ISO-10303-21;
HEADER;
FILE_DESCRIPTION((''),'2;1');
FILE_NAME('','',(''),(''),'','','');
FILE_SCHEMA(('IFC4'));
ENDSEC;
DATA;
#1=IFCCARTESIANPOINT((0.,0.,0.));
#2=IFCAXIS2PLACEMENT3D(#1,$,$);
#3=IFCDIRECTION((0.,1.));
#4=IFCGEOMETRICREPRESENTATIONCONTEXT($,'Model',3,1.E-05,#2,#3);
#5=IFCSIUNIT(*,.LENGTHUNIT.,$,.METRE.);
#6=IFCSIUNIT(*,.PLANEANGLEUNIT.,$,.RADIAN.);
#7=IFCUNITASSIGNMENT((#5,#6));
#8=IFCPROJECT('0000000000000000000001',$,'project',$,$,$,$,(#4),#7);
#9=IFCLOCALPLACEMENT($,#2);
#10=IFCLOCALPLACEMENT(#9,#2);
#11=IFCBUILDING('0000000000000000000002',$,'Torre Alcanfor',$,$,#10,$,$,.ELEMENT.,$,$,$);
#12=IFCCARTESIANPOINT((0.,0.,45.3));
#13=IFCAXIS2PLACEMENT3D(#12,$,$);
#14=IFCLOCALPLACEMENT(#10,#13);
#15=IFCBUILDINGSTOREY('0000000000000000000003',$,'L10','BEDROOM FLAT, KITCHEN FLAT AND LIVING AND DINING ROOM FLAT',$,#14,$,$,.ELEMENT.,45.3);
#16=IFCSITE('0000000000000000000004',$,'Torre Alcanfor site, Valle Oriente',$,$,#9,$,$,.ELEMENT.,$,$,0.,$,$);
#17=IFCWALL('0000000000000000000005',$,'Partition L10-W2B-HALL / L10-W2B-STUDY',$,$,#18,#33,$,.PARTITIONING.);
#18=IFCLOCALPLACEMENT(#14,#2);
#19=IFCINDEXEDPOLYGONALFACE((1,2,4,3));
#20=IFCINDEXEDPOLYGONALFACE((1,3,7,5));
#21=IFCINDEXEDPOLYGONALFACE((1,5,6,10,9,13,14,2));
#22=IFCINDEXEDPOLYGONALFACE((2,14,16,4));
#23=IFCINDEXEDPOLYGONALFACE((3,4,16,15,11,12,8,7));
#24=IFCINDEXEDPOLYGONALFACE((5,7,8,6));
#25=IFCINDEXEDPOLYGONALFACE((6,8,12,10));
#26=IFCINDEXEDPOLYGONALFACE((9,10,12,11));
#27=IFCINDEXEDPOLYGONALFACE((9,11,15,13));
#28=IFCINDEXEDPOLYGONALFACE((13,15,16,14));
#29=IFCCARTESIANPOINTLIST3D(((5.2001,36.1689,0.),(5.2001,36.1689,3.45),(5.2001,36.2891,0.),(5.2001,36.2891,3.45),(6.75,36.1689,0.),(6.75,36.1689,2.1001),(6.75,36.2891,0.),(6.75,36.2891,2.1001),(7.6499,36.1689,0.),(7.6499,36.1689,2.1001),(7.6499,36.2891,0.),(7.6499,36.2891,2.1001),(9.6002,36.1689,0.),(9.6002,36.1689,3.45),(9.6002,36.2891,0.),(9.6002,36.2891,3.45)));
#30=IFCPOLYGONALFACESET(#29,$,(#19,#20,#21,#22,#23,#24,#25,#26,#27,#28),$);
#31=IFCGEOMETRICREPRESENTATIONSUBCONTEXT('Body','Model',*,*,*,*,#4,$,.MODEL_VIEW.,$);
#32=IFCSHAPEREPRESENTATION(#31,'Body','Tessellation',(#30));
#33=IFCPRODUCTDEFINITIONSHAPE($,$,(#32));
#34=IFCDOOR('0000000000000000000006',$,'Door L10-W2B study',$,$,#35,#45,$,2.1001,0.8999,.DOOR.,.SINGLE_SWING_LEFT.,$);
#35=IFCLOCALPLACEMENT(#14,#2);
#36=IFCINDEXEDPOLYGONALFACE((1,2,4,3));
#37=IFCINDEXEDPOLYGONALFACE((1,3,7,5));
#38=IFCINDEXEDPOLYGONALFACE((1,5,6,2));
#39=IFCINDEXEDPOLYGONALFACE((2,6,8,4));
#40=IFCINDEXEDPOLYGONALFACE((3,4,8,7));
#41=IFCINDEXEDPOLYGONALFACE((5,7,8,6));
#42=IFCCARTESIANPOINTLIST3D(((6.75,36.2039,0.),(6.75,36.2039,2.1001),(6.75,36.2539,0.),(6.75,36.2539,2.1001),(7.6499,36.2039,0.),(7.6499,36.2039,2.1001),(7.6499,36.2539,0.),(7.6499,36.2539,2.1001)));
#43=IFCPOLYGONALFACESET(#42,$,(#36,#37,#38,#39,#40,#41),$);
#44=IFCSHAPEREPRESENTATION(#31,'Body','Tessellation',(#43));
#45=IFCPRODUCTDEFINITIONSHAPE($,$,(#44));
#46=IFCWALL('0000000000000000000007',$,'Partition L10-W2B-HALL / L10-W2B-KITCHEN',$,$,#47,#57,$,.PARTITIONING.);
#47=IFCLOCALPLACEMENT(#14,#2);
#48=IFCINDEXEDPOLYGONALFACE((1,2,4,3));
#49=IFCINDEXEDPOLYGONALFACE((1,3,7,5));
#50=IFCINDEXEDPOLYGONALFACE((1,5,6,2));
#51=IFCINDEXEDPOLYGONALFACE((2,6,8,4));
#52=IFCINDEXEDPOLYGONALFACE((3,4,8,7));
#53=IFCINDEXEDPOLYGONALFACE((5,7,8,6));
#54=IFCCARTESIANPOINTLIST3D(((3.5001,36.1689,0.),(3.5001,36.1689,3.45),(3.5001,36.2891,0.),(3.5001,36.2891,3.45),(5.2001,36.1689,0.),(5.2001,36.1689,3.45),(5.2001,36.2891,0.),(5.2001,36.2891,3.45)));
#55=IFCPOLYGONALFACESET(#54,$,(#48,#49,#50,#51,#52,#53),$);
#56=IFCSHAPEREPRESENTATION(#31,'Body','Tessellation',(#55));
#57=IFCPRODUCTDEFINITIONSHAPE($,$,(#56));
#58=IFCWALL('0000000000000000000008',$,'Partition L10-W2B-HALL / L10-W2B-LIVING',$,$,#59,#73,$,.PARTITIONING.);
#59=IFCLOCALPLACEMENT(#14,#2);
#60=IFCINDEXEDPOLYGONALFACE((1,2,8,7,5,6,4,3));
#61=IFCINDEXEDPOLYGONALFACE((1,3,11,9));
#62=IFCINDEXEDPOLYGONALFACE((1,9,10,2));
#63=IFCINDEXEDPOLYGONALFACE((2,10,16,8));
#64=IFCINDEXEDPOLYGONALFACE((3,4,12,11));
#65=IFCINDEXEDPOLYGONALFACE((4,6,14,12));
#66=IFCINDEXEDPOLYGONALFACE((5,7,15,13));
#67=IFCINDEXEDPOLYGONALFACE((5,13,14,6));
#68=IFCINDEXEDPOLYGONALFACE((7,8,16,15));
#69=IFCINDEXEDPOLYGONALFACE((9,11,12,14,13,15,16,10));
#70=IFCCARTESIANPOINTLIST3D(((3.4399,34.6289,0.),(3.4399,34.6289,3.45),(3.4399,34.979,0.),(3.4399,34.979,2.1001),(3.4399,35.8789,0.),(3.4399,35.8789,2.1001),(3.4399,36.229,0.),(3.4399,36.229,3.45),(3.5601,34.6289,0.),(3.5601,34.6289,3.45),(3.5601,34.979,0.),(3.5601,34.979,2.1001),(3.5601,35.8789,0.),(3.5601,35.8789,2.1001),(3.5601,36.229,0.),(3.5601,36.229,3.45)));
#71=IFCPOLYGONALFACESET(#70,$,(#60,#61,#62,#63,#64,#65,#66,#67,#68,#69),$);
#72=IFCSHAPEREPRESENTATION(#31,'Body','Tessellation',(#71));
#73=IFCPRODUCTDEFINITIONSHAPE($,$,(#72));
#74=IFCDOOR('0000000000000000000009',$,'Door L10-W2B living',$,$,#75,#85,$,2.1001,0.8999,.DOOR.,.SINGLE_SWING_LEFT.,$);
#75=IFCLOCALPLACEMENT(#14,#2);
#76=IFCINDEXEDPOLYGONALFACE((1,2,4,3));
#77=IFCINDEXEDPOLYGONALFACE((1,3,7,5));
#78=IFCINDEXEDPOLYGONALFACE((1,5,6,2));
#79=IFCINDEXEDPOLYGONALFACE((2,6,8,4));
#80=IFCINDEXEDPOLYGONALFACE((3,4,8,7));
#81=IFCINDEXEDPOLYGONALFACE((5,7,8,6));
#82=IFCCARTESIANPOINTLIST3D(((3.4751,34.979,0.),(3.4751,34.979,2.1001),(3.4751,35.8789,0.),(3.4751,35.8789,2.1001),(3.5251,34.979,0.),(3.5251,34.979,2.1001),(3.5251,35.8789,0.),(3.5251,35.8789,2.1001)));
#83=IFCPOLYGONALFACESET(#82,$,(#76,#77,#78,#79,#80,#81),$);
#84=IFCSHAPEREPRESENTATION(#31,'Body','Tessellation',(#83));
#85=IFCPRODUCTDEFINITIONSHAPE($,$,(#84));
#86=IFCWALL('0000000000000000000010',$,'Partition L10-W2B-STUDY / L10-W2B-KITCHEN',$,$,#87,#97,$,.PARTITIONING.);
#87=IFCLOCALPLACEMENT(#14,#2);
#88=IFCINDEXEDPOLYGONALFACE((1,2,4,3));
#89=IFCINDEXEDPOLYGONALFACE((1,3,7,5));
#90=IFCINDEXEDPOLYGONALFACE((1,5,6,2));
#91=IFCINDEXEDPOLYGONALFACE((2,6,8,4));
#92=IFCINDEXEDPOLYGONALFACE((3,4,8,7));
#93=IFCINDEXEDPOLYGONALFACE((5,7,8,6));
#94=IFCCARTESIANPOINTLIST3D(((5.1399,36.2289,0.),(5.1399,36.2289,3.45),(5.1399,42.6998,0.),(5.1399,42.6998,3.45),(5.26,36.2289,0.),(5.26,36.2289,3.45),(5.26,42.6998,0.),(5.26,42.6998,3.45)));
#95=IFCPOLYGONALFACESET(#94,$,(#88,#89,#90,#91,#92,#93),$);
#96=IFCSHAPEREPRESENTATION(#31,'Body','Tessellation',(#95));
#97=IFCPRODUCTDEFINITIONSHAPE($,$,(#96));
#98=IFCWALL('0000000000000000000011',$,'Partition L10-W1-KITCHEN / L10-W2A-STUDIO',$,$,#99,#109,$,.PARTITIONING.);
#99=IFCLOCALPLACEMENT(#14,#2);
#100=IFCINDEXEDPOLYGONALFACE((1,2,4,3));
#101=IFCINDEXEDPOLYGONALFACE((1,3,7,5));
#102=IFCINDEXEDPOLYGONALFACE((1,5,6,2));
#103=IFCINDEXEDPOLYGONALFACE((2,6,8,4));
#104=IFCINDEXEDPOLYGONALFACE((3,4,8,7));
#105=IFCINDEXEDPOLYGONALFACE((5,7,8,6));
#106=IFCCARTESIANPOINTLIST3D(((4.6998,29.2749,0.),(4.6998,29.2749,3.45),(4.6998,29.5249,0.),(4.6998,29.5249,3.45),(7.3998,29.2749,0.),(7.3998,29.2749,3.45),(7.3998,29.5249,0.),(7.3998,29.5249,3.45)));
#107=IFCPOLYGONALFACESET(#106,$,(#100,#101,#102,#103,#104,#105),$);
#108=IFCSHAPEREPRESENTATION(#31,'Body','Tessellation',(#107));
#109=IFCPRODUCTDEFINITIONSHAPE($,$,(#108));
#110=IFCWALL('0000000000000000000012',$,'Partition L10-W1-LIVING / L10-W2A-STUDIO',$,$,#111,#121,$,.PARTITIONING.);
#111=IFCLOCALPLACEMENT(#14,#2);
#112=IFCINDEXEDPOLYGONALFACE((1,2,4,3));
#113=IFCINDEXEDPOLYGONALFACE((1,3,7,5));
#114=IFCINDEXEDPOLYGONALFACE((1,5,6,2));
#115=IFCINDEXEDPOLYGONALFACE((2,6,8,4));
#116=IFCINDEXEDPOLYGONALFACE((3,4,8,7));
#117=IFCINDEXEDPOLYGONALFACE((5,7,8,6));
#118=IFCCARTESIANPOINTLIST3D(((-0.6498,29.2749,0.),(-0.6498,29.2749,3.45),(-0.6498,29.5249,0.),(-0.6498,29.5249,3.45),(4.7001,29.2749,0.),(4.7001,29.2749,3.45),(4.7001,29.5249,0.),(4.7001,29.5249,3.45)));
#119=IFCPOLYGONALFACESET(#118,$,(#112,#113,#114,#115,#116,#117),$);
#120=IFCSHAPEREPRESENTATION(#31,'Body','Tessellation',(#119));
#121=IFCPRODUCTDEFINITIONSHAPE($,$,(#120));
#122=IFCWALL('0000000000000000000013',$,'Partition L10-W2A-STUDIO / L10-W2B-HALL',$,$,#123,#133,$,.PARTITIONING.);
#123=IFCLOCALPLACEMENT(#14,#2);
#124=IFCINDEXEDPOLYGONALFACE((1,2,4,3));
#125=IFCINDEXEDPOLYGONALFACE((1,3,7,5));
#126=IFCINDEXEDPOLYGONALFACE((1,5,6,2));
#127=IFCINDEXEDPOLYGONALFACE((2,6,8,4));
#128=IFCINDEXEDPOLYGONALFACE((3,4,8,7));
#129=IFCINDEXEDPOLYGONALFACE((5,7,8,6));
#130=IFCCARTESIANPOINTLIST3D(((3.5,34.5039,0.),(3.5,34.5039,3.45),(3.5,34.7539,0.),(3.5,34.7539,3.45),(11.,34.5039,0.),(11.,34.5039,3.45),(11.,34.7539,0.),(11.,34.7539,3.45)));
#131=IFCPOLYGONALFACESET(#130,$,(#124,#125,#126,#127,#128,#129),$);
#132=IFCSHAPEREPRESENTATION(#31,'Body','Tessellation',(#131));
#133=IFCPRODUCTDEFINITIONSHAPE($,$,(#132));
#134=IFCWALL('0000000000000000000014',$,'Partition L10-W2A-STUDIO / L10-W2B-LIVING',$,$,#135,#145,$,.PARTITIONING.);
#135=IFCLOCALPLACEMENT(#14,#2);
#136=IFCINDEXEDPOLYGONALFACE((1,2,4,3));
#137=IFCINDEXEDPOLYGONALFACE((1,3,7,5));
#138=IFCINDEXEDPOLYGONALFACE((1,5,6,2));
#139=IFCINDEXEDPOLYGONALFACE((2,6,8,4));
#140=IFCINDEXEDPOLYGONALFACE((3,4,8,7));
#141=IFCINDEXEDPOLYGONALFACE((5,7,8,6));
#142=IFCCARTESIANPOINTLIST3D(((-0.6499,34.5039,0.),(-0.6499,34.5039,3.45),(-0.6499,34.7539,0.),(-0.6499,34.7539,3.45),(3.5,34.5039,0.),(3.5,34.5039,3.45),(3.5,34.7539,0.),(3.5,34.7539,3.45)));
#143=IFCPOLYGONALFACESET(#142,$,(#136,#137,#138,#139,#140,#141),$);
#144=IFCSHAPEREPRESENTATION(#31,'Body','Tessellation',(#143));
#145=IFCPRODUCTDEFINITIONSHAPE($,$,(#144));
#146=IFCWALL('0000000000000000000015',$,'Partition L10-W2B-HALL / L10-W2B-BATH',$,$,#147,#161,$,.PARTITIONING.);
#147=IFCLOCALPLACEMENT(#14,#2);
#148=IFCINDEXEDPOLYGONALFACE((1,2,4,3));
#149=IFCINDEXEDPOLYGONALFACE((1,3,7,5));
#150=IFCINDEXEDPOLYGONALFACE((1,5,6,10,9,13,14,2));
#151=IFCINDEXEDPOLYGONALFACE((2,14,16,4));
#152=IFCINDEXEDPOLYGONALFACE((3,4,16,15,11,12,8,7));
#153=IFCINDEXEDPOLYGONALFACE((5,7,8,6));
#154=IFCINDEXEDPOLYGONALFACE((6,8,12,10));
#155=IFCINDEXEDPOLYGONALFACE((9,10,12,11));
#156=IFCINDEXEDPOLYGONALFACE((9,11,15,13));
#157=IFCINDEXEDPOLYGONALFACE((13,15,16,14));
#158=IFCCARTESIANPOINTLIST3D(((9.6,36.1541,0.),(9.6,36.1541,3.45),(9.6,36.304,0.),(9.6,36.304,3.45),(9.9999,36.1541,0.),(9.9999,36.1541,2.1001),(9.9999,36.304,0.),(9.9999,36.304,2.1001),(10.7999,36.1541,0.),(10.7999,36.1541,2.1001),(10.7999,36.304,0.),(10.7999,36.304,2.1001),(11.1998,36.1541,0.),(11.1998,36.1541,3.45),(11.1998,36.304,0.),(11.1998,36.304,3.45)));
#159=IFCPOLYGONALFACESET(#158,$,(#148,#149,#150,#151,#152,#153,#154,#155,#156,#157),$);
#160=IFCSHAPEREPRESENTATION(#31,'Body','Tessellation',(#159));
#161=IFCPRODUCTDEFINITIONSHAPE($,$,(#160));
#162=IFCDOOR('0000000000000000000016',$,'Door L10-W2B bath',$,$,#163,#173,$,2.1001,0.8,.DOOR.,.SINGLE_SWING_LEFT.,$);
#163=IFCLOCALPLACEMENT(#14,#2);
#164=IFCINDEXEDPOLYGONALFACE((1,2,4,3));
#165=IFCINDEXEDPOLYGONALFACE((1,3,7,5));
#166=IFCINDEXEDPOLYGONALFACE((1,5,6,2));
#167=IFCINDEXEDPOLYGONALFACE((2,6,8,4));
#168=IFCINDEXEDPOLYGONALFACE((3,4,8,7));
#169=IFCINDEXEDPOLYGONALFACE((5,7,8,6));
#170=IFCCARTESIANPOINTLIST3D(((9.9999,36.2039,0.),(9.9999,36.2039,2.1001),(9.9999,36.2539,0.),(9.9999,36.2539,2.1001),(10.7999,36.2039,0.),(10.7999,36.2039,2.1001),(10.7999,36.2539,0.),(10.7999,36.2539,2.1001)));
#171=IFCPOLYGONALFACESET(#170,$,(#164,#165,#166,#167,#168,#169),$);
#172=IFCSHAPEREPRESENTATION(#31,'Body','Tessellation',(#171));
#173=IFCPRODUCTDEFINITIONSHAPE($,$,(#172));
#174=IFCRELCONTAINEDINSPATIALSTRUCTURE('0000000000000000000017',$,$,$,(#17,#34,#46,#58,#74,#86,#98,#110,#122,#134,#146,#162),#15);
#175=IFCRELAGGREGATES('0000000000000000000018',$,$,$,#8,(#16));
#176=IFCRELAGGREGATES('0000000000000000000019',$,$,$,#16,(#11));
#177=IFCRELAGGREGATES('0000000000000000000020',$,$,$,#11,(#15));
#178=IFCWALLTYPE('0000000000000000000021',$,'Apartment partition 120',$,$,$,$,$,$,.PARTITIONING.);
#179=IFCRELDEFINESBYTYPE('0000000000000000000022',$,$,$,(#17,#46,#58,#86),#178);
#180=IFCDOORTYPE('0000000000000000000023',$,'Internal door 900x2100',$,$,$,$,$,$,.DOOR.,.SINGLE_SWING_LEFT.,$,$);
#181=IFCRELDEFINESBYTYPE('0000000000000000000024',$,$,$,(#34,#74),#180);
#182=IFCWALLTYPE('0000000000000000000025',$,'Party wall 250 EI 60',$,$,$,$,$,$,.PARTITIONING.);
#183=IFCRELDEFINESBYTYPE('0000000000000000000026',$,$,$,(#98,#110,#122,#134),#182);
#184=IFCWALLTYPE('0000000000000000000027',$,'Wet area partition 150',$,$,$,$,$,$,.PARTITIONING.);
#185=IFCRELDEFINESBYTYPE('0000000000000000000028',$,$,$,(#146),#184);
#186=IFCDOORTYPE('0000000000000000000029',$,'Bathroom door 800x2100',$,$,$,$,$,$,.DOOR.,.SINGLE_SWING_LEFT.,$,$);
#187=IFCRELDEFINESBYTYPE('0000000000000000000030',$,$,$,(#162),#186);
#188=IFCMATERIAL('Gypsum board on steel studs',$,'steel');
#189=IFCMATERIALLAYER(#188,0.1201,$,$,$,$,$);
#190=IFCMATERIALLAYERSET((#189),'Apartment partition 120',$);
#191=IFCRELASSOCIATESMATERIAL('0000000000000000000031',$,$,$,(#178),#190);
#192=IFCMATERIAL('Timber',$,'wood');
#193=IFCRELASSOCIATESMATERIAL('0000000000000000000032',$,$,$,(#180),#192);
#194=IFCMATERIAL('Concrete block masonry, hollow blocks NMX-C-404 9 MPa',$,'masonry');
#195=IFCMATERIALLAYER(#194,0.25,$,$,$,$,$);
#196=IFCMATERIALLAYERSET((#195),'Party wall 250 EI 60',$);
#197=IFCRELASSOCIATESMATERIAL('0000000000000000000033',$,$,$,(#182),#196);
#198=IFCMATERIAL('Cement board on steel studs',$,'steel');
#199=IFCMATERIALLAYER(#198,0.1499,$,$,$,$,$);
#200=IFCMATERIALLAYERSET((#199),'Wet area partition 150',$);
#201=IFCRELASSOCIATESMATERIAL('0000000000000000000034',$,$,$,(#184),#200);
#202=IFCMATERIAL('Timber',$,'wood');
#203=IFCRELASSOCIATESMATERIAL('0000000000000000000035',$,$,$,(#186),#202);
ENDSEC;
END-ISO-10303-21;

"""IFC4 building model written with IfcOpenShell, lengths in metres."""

from ifc_helpers import new_model, si_unit, direction, frame, frame_2d, origin, place, context, subcontext, project, spatial, rectangle, extrude, material, layer, layer_set, type_object, element, fill, save


model = new_model("IFC4")

# Units and contexts
model_context = context("Model", 3, precision=1e-05, world=origin(), true_north=direction((0.0, 1.0)))
body_context = subcontext(model_context, "Body", "Model", "MODEL_VIEW")
ifc_project = project(units=[si_unit("LENGTHUNIT", "METRE"), si_unit("PLANEANGLEUNIT", "RADIAN")], contexts=[model_context])

# Site, building, storey
site_placement = place(None, origin())
site = spatial("IfcSite", under=ifc_project, at=site_placement, Name="Torre Alcanfor site, Valle Oriente", CompositionType="ELEMENT", RefElevation=0.0)
building_placement = place(site_placement, origin())
building = spatial("IfcBuilding", under=site, at=building_placement, Name="Torre Alcanfor", CompositionType="ELEMENT")
storey_placement = place(building_placement, frame((0.0, 0.0, 45.3)))
storey = spatial("IfcBuildingStorey", under=building, at=storey_placement, Name="L10", Description="BEDROOM FLAT, KITCHEN FLAT AND LIVING AND DINING ROOM FLAT", CompositionType="ELEMENT", Elevation=45.3)

# Shared definitions
ifc_material_1 = material(Name="Gypsum board on steel studs", Category="steel")
ifc_layer_1 = layer(ifc_material_1, 0.1201)
ifc_layer_set_1 = layer_set([ifc_layer_1], Name="Apartment partition 120")
wall_type_1 = type_object("IfcWallType", Name="Apartment partition 120", PredefinedType="PARTITIONING", material=ifc_layer_set_1)

# Wall, opening, door
wall_1_placement = place(storey_placement, frame((5.2, 36.229, 0.0), z_axis=(0.0, 0.0, 1.0), x_axis=(1.0, 0.0, 0.0)))
wall_1 = element("IfcWall", 1, at=wall_1_placement, inside=storey, type_object=wall_type_1, Name="Partition L10-W2B-HALL / L10-W2B-STUDY", PredefinedType="PARTITIONING", context=body_context, shape_type="SweptSolid", body=[
    extrude(rectangle(XDim=4.4001, YDim=0.1201, at=frame_2d((2.2002, 0.0))), origin(), (0.0, 0.0, 1.0), 3.45),
])
opening_1_placement = place(wall_1_placement, frame((1.55, 0.0, 0.0)))
opening_1 = element("IfcOpeningElement", 2, at=opening_1_placement, cuts=wall_1, PredefinedType="OPENING", context=body_context, shape_type="SweptSolid", body=[
    extrude(rectangle(XDim=0.8999, YDim=2.1001, at=frame_2d((0.45, 1.05))), frame((0.0, 0.0701, 0.0), z_axis=(0.0, -1.0, 0.0), x_axis=(1.0, 0.0, 0.0)), (0.0, 0.0, 1.0), 0.1401),
])
ifc_material_2 = material(Name="Timber", Category="wood")
door_type_1 = type_object("IfcDoorType", Name="Internal door 900x2100", OperationType="SINGLE_SWING_LEFT", PredefinedType="DOOR", material=ifc_material_2)
door_1_placement = place(opening_1_placement, origin())
door_1 = element("IfcDoor", 3, at=door_1_placement, inside=storey, type_object=door_type_1, Name="Door L10-W2B study", OperationType="SINGLE_SWING_LEFT", OverallHeight=2.1001, OverallWidth=0.8999, PredefinedType="DOOR", context=body_context, shape_type="SweptSolid", body=[
    extrude(rectangle(XDim=0.8999, YDim=2.1001, at=frame_2d((0.45, 1.05))), frame((0.0, 0.0249, 0.0), z_axis=(0.0, -1.0, 0.0), x_axis=(1.0, 0.0, 0.0)), (0.0, 0.0, 1.0), 0.05),
])
fill(opening_1, door_1)

# Wall
wall_2_placement = place(storey_placement, frame((3.5, 36.229, 0.0), z_axis=(0.0, 0.0, 1.0), x_axis=(1.0, 0.0, 0.0)))
element("IfcWall", 4, at=wall_2_placement, inside=storey, type_object=wall_type_1, Name="Partition L10-W2B-HALL / L10-W2B-KITCHEN", PredefinedType="PARTITIONING", context=body_context, shape_type="SweptSolid", body=[
    extrude(rectangle(XDim=1.7, YDim=0.1201, at=frame_2d((0.8501, 0.0))), origin(), (0.0, 0.0, 1.0), 3.45),
])

# Wall, opening, door
wall_3_placement = place(storey_placement, frame((3.5, 34.6289, 0.0), z_axis=(0.0, 0.0, 1.0), x_axis=(0.0, 1.0, 0.0)))
wall_3 = element("IfcWall", 5, at=wall_3_placement, inside=storey, type_object=wall_type_1, Name="Partition L10-W2B-HALL / L10-W2B-LIVING", PredefinedType="PARTITIONING", context=body_context, shape_type="SweptSolid", body=[
    extrude(rectangle(XDim=1.6001, YDim=0.1201, at=frame_2d((0.8, 0.0))), origin(), (0.0, 0.0, 1.0), 3.45),
])
opening_2_placement = place(wall_3_placement, frame((0.3501, 0.0, 0.0)))
opening_2 = element("IfcOpeningElement", 6, at=opening_2_placement, cuts=wall_3, PredefinedType="OPENING", context=body_context, shape_type="SweptSolid", body=[
    extrude(rectangle(XDim=0.8999, YDim=2.1001, at=frame_2d((0.45, 1.05))), frame((0.0, 0.0701, 0.0), z_axis=(0.0, -1.0, 0.0), x_axis=(1.0, 0.0, 0.0)), (0.0, 0.0, 1.0), 0.1401),
])
door_2_placement = place(opening_2_placement, origin())
door_2 = element("IfcDoor", 7, at=door_2_placement, inside=storey, type_object=door_type_1, Name="Door L10-W2B living", OperationType="SINGLE_SWING_LEFT", OverallHeight=2.1001, OverallWidth=0.8999, PredefinedType="DOOR", context=body_context, shape_type="SweptSolid", body=[
    extrude(rectangle(XDim=0.8999, YDim=2.1001, at=frame_2d((0.45, 1.05))), frame((0.0, 0.0249, 0.0), z_axis=(0.0, -1.0, 0.0), x_axis=(1.0, 0.0, 0.0)), (0.0, 0.0, 1.0), 0.05),
])
fill(opening_2, door_2)

# Walls
wall_4_placement = place(storey_placement, frame((5.2, 36.229, 0.0), z_axis=(0.0, 0.0, 1.0), x_axis=(0.0, 1.0, 0.0)))
element("IfcWall", 8, at=wall_4_placement, inside=storey, type_object=wall_type_1, Name="Partition L10-W2B-STUDY / L10-W2B-KITCHEN", PredefinedType="PARTITIONING", context=body_context, shape_type="SweptSolid", body=[
    extrude(rectangle(XDim=6.4709, YDim=0.1201, at=frame_2d((3.2354, 0.0))), origin(), (0.0, 0.0, 1.0), 3.45),
])
ifc_material_3 = material(Name="Concrete block masonry, hollow blocks NMX-C-404 9 MPa", Category="masonry")
ifc_layer_2 = layer(ifc_material_3, 0.25)
ifc_layer_set_2 = layer_set([ifc_layer_2], Name="Party wall 250 EI 60")
wall_type_2 = type_object("IfcWallType", Name="Party wall 250 EI 60", PredefinedType="PARTITIONING", material=ifc_layer_set_2)
wall_5_placement = place(storey_placement, frame((7.3999, 29.3999, 0.0), z_axis=(0.0, 0.0, 1.0), x_axis=(-1.0, 0.0, 0.0)))
element("IfcWall", 9, at=wall_5_placement, inside=storey, type_object=wall_type_2, Name="Partition L10-W1-KITCHEN / L10-W2A-STUDIO", PredefinedType="PARTITIONING", context=body_context, shape_type="SweptSolid", body=[
    extrude(rectangle(XDim=2.7, YDim=0.25, at=frame_2d((1.3501, 0.0))), origin(), (0.0, 0.0, 1.0), 3.45),
])
wall_6_placement = place(storey_placement, frame((4.7, 29.3999, 0.0), z_axis=(0.0, 0.0, 1.0), x_axis=(-1.0, 0.0, 0.0)))
element("IfcWall", 10, at=wall_6_placement, inside=storey, type_object=wall_type_2, Name="Partition L10-W1-LIVING / L10-W2A-STUDIO", PredefinedType="PARTITIONING", context=body_context, shape_type="SweptSolid", body=[
    extrude(rectangle(XDim=5.3499, YDim=0.25, at=frame_2d((2.6748, 0.0))), origin(), (0.0, 0.0, 1.0), 3.45),
])
wall_7_placement = place(storey_placement, frame((3.5, 34.6289, 0.0), z_axis=(0.0, 0.0, 1.0), x_axis=(1.0, 0.0, 0.0)))
element("IfcWall", 11, at=wall_7_placement, inside=storey, type_object=wall_type_2, Name="Partition L10-W2A-STUDIO / L10-W2B-HALL", PredefinedType="PARTITIONING", context=body_context, shape_type="SweptSolid", body=[
    extrude(rectangle(XDim=7.5, YDim=0.25, at=frame_2d((3.75, 0.0))), origin(), (0.0, 0.0, 1.0), 3.45),
])
wall_8_placement = place(storey_placement, frame((-0.6499, 34.6289, 0.0), z_axis=(0.0, 0.0, 1.0), x_axis=(1.0, 0.0, 0.0)))
element("IfcWall", 12, at=wall_8_placement, inside=storey, type_object=wall_type_2, Name="Partition L10-W2A-STUDIO / L10-W2B-LIVING", PredefinedType="PARTITIONING", context=body_context, shape_type="SweptSolid", body=[
    extrude(rectangle(XDim=4.1499, YDim=0.25, at=frame_2d((2.075, 0.0))), origin(), (0.0, 0.0, 1.0), 3.45),
])

# Wall, opening, door
ifc_material_4 = material(Name="Cement board on steel studs", Category="steel")
ifc_layer_3 = layer(ifc_material_4, 0.1499)
ifc_layer_set_3 = layer_set([ifc_layer_3], Name="Wet area partition 150")
wall_type_3 = type_object("IfcWallType", Name="Wet area partition 150", PredefinedType="PARTITIONING", material=ifc_layer_set_3)
wall_9_placement = place(storey_placement, frame((9.6001, 36.229, 0.0), z_axis=(0.0, 0.0, 1.0), x_axis=(1.0, 0.0, 0.0)))
wall_9 = element("IfcWall", 13, at=wall_9_placement, inside=storey, type_object=wall_type_3, Name="Partition L10-W2B-HALL / L10-W2B-BATH", PredefinedType="PARTITIONING", context=body_context, shape_type="SweptSolid", body=[
    extrude(rectangle(XDim=1.5999, YDim=0.1499, at=frame_2d((0.7998, 0.0))), origin(), (0.0, 0.0, 1.0), 3.45),
])
opening_3_placement = place(wall_9_placement, frame((0.3999, 0.0, 0.0)))
opening_3 = element("IfcOpeningElement", 14, at=opening_3_placement, cuts=wall_9, PredefinedType="OPENING", context=body_context, shape_type="SweptSolid", body=[
    extrude(rectangle(XDim=0.8, YDim=2.1001, at=frame_2d((0.3999, 1.05))), frame((0.0, 0.085, 0.0), z_axis=(0.0, -1.0, 0.0), x_axis=(1.0, 0.0, 0.0)), (0.0, 0.0, 1.0), 0.1699),
])
ifc_material_5 = material(Name="Timber", Category="wood")
door_type_2 = type_object("IfcDoorType", Name="Bathroom door 800x2100", OperationType="SINGLE_SWING_LEFT", PredefinedType="DOOR", material=ifc_material_5)
door_3_placement = place(opening_3_placement, origin())
door_3 = element("IfcDoor", 15, at=door_3_placement, inside=storey, type_object=door_type_2, Name="Door L10-W2B bath", OperationType="SINGLE_SWING_LEFT", OverallHeight=2.1001, OverallWidth=0.8, PredefinedType="DOOR", context=body_context, shape_type="SweptSolid", body=[
    extrude(rectangle(XDim=0.8, YDim=2.1001, at=frame_2d((0.3999, 1.05))), frame((0.0, 0.0249, 0.0), z_axis=(0.0, -1.0, 0.0), x_axis=(1.0, 0.0, 0.0)), (0.0, 0.0, 1.0), 0.05),
])
fill(opening_3, door_3)

save(model, "model.ifc")
